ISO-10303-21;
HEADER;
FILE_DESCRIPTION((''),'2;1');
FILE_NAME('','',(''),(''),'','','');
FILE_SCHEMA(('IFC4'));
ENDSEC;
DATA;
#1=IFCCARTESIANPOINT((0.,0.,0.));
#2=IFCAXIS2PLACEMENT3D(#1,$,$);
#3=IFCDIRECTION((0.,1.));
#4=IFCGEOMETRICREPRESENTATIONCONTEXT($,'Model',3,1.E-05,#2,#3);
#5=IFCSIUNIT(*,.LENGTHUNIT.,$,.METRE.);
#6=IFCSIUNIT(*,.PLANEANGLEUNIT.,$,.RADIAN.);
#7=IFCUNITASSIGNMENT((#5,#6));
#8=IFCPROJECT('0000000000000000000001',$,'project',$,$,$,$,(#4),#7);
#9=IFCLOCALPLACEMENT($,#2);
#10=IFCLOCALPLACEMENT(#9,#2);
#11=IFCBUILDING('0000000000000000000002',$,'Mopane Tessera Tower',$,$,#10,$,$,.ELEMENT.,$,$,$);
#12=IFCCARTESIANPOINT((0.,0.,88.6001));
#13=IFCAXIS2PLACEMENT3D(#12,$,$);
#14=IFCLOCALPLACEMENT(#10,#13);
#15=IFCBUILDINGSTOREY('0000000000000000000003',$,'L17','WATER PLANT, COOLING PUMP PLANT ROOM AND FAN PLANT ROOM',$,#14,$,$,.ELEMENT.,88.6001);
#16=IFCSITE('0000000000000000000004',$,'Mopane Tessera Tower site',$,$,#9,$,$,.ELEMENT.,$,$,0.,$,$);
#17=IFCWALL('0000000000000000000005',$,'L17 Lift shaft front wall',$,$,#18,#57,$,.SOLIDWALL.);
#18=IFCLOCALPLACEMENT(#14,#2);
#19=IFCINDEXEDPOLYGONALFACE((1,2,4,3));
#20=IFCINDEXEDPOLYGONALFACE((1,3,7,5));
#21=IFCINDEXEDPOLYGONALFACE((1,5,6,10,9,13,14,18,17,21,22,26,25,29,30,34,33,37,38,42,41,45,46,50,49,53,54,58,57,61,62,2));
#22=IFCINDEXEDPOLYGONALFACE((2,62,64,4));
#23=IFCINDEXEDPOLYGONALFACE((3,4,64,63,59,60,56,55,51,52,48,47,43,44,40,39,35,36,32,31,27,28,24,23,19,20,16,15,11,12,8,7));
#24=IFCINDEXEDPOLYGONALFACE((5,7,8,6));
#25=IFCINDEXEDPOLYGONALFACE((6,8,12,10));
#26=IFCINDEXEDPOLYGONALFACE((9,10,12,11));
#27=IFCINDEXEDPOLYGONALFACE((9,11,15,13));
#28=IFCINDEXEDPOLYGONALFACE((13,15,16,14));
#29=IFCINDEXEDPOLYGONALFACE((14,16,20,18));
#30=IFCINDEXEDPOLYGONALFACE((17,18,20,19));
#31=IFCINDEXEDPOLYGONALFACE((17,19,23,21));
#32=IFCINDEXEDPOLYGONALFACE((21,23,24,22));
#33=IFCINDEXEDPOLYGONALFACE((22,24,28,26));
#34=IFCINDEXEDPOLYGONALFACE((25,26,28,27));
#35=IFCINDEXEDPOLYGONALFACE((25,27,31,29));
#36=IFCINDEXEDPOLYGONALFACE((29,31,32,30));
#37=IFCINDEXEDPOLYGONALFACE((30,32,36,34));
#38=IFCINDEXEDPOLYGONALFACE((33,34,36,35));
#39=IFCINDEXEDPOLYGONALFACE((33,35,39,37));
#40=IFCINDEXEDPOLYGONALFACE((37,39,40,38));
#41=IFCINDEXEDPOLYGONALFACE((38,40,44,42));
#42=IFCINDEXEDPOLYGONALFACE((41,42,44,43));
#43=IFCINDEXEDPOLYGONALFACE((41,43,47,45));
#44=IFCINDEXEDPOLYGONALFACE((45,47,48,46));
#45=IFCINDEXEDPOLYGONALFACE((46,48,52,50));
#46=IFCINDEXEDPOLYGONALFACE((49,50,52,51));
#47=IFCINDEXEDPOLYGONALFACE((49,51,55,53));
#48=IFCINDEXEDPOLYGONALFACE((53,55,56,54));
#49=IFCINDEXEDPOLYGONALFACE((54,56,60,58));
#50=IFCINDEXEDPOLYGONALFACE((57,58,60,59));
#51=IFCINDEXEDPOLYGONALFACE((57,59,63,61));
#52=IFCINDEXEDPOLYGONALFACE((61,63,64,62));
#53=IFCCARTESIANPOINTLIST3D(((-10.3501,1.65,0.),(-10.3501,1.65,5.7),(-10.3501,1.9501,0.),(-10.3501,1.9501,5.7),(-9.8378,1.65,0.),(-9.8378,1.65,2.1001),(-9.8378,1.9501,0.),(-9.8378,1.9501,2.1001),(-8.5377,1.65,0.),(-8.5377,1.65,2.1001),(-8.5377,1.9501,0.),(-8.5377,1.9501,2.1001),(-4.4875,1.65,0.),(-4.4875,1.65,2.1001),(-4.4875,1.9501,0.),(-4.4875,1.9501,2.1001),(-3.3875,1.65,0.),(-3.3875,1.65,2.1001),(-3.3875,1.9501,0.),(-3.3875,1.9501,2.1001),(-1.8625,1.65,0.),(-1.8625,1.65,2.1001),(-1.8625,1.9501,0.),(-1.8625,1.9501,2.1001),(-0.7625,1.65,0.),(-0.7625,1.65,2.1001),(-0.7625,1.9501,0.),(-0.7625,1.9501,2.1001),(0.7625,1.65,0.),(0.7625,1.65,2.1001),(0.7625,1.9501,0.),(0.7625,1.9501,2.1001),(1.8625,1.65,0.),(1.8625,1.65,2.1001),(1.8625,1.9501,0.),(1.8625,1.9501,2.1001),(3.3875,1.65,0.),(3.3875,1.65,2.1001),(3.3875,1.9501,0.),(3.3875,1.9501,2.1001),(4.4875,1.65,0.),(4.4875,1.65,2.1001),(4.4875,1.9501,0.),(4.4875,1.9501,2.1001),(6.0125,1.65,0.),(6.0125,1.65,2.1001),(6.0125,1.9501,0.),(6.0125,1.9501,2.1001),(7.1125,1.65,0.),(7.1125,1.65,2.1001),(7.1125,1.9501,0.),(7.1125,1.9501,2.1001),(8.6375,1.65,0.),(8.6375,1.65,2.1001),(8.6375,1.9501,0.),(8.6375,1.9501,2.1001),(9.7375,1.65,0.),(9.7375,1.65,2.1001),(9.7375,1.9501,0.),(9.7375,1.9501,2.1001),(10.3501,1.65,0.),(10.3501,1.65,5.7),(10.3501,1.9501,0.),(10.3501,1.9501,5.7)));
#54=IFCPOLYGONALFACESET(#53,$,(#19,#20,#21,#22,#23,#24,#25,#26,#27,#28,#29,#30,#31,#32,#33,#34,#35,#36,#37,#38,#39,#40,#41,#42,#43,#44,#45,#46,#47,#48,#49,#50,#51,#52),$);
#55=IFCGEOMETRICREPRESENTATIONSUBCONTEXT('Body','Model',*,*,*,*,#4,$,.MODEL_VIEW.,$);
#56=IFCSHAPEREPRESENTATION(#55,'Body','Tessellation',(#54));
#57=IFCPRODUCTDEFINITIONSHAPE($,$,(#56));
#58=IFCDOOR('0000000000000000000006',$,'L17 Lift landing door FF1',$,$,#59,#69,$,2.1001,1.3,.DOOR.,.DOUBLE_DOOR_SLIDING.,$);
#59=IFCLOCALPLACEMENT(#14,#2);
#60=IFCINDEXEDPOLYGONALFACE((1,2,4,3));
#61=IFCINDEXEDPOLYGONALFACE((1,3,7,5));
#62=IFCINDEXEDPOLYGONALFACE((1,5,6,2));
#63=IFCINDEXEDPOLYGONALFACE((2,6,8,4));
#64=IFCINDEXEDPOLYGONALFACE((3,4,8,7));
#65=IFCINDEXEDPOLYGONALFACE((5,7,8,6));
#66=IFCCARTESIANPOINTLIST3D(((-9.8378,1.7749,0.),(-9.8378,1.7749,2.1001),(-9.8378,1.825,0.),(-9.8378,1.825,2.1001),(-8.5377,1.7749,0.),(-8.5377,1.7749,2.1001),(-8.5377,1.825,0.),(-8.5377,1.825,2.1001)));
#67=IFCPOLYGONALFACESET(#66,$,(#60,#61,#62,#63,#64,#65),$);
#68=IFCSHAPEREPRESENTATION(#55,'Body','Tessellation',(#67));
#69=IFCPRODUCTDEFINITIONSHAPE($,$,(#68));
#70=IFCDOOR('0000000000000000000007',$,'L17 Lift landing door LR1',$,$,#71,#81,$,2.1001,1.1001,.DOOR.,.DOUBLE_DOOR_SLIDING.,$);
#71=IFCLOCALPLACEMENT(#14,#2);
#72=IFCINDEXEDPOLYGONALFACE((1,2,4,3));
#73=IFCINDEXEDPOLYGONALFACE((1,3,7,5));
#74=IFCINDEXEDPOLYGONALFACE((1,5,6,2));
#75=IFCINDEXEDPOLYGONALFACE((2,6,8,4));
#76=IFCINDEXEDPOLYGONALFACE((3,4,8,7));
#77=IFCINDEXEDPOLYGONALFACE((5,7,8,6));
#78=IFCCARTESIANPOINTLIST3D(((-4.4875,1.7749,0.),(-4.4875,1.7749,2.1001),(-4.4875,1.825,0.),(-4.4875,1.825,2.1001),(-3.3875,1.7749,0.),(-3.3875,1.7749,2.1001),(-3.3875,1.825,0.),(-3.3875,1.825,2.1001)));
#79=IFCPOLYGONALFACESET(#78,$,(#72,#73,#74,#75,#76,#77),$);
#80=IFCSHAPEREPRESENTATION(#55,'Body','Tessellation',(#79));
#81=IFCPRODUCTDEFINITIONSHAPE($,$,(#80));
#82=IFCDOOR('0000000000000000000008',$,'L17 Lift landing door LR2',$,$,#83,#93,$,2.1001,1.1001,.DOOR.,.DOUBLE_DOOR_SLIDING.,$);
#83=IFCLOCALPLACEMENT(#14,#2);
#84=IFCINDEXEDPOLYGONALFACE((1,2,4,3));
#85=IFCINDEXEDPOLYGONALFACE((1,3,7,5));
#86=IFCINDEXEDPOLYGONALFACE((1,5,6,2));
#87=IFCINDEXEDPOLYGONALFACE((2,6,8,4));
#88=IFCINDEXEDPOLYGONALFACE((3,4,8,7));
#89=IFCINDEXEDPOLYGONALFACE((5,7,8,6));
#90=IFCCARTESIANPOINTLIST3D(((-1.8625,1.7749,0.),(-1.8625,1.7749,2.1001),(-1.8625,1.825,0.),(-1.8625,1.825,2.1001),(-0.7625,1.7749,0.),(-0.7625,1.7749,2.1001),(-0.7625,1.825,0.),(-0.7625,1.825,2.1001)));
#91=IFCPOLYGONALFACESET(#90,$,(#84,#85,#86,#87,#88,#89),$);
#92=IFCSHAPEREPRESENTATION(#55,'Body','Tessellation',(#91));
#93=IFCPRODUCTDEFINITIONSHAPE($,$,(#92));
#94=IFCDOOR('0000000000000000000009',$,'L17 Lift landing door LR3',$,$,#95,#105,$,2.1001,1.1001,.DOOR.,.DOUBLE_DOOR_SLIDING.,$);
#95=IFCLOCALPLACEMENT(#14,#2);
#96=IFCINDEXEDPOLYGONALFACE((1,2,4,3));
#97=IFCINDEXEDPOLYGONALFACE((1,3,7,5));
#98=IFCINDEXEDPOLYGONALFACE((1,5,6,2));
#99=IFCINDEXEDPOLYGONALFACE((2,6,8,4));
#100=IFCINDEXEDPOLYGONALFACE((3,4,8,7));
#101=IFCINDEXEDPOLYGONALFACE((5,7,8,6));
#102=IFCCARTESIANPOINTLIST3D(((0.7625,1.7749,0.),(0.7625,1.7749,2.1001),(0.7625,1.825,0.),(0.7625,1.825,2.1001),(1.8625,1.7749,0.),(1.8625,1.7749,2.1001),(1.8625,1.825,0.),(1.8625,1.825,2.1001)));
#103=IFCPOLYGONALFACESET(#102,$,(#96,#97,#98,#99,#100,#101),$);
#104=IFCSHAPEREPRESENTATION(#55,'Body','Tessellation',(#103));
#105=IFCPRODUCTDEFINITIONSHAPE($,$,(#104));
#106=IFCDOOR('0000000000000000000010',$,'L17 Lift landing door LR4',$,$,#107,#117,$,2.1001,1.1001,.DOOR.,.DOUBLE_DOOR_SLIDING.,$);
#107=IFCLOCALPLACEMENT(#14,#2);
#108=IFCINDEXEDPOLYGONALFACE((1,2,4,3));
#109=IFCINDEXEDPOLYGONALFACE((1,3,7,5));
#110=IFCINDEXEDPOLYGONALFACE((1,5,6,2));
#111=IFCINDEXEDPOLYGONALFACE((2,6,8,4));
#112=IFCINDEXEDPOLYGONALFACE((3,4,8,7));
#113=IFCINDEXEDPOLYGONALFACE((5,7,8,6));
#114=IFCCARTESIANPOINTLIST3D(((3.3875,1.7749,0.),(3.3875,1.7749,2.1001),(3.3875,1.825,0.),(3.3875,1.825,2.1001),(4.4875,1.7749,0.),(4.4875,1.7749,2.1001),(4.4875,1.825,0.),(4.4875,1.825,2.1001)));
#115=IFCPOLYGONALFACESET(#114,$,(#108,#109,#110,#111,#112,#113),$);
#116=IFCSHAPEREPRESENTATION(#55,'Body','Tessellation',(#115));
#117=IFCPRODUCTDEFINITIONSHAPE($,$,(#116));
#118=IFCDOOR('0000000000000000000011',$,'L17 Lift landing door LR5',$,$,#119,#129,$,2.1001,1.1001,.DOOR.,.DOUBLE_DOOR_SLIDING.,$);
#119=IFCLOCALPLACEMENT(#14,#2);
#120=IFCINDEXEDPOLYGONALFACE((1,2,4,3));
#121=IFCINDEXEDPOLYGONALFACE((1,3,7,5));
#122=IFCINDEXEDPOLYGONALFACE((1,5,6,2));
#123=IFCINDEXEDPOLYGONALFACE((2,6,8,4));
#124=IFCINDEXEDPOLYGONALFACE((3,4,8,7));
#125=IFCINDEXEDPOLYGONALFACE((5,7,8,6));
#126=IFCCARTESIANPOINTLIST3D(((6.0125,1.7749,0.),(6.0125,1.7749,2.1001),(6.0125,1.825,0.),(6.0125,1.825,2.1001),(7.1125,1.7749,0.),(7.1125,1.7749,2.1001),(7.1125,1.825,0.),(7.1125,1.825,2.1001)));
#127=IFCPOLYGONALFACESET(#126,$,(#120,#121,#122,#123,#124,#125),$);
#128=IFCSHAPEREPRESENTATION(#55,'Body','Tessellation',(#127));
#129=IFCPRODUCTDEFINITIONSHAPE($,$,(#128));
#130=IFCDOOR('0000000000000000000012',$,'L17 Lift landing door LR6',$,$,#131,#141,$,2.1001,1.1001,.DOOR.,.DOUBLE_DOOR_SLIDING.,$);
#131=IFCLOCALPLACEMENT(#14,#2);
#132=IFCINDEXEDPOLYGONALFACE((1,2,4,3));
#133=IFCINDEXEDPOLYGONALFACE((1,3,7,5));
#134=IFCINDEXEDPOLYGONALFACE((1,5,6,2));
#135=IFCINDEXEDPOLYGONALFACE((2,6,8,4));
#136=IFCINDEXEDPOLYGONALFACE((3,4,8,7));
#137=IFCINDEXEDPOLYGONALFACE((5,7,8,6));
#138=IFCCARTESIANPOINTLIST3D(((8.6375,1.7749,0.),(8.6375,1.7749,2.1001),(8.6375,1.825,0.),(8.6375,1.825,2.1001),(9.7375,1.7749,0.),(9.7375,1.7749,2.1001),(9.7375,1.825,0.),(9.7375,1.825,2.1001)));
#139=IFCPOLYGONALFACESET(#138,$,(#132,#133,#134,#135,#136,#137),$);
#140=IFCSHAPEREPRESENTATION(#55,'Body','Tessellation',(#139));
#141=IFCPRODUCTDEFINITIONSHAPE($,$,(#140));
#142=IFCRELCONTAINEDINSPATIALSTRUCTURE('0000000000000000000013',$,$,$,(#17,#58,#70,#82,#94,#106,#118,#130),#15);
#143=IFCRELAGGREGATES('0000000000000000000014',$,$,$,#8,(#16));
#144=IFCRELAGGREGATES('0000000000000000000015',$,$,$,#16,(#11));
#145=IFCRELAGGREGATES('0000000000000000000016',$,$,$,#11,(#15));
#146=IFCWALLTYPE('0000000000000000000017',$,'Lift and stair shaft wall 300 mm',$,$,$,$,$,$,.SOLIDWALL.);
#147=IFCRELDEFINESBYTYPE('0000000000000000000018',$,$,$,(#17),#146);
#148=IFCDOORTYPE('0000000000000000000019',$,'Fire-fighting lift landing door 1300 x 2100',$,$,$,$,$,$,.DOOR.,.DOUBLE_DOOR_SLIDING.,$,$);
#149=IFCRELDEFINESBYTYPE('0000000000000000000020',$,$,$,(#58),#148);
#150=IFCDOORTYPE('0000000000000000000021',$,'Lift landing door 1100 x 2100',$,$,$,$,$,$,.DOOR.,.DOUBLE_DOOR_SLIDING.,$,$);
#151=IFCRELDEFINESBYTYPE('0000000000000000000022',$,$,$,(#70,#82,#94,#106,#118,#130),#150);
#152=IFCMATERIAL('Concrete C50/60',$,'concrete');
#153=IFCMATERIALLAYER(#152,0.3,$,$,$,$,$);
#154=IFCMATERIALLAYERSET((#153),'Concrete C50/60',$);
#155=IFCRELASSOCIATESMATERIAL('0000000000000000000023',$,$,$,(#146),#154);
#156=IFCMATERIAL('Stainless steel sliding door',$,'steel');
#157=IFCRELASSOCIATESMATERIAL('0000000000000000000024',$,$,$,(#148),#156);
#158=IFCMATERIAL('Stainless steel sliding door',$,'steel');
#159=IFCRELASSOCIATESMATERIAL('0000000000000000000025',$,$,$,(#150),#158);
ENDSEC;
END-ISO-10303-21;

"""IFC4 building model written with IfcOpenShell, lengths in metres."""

from ifc_helpers import new_model, si_unit, direction, frame, frame_2d, origin, place, context, subcontext, project, spatial, rectangle, extrude, material, layer, layer_set, type_object, element, fill, save


model = new_model("IFC4")

# Units and contexts
model_context = context("Model", 3, precision=1e-05, world=origin(), true_north=direction((0.0, 1.0)))
body_context = subcontext(model_context, "Body", "Model", "MODEL_VIEW")
ifc_project = project(units=[si_unit("LENGTHUNIT", "METRE"), si_unit("PLANEANGLEUNIT", "RADIAN")], contexts=[model_context])

# Site, building, storey
site_placement = place(None, origin())
site = spatial("IfcSite", under=ifc_project, at=site_placement, Name="Mopane Tessera Tower site", CompositionType="ELEMENT", RefElevation=0.0)
building_placement = place(site_placement, origin())
building = spatial("IfcBuilding", under=site, at=building_placement, Name="Mopane Tessera Tower", CompositionType="ELEMENT")
storey_placement = place(building_placement, frame((0.0, 0.0, 88.6001)))
storey = spatial("IfcBuildingStorey", under=building, at=storey_placement, Name="L17", Description="WATER PLANT, COOLING PUMP PLANT ROOM AND FAN PLANT ROOM", CompositionType="ELEMENT", Elevation=88.6001)

# Wall, openings, doors
ifc_material_1 = material(Name="Concrete C50/60", Category="concrete")
ifc_layer_1 = layer(ifc_material_1, 0.3)
ifc_layer_set_1 = layer_set([ifc_layer_1], Name="Concrete C50/60")
wall_type_1 = type_object("IfcWallType", Name="Lift and stair shaft wall 300 mm", PredefinedType="SOLIDWALL", material=ifc_layer_set_1)
wall_1_placement = place(storey_placement, frame((-10.3501, 1.8, 0.0), z_axis=(0.0, 0.0, 1.0), x_axis=(1.0, 0.0, 0.0)))
wall_1 = element("IfcWall", 1, at=wall_1_placement, inside=storey, type_object=wall_type_1, Name="L17 Lift shaft front wall", PredefinedType="SOLIDWALL", context=body_context, shape_type="SweptSolid", body=[
    extrude(rectangle(XDim=20.7002, YDim=0.3, at=frame_2d((10.3501, 0.0))), origin(), (0.0, 0.0, 1.0), 5.7),
])
opening_1_placement = place(wall_1_placement, frame((0.5125, 0.0, 0.0)))
opening_1 = element("IfcOpeningElement", 2, at=opening_1_placement, cuts=wall_1, PredefinedType="OPENING", context=body_context, shape_type="SweptSolid", body=[
    extrude(rectangle(XDim=1.3, YDim=2.1001, at=frame_2d((0.6499, 1.05))), frame((0.0, 0.1621, 0.0), z_axis=(0.0, -1.0, 0.0), x_axis=(1.0, 0.0, 0.0)), (0.0, 0.0, 1.0), 0.324),
])
opening_2_placement = place(wall_1_placement, frame((5.8625, 0.0, 0.0)))
opening_2 = element("IfcOpeningElement", 3, at=opening_2_placement, cuts=wall_1, PredefinedType="OPENING", context=body_context, shape_type="SweptSolid", body=[
    extrude(rectangle(XDim=1.1001, YDim=2.1001, at=frame_2d((0.55, 1.05))), frame((0.0, 0.1621, 0.0), z_axis=(0.0, -1.0, 0.0), x_axis=(1.0, 0.0, 0.0)), (0.0, 0.0, 1.0), 0.324),
])
opening_3_placement = place(wall_1_placement, frame((8.4875, 0.0, 0.0)))
opening_3 = element("IfcOpeningElement", 4, at=opening_3_placement, cuts=wall_1, PredefinedType="OPENING", context=body_context, shape_type="SweptSolid", body=[
    extrude(rectangle(XDim=1.1001, YDim=2.1001, at=frame_2d((0.55, 1.05))), frame((0.0, 0.1621, 0.0), z_axis=(0.0, -1.0, 0.0), x_axis=(1.0, 0.0, 0.0)), (0.0, 0.0, 1.0), 0.324),
])
opening_4_placement = place(wall_1_placement, frame((11.1125, 0.0, 0.0)))
opening_4 = element("IfcOpeningElement", 5, at=opening_4_placement, cuts=wall_1, PredefinedType="OPENING", context=body_context, shape_type="SweptSolid", body=[
    extrude(rectangle(XDim=1.1001, YDim=2.1001, at=frame_2d((0.55, 1.05))), frame((0.0, 0.1621, 0.0), z_axis=(0.0, -1.0, 0.0), x_axis=(1.0, 0.0, 0.0)), (0.0, 0.0, 1.0), 0.324),
])
opening_5_placement = place(wall_1_placement, frame((13.7375, 0.0, 0.0)))
opening_5 = element("IfcOpeningElement", 6, at=opening_5_placement, cuts=wall_1, PredefinedType="OPENING", context=body_context, shape_type="SweptSolid", body=[
    extrude(rectangle(XDim=1.1001, YDim=2.1001, at=frame_2d((0.55, 1.05))), frame((0.0, 0.1621, 0.0), z_axis=(0.0, -1.0, 0.0), x_axis=(1.0, 0.0, 0.0)), (0.0, 0.0, 1.0), 0.324),
])
opening_6_placement = place(wall_1_placement, frame((16.3625, 0.0, 0.0)))
opening_6 = element("IfcOpeningElement", 7, at=opening_6_placement, cuts=wall_1, PredefinedType="OPENING", context=body_context, shape_type="SweptSolid", body=[
    extrude(rectangle(XDim=1.1001, YDim=2.1001, at=frame_2d((0.55, 1.05))), frame((0.0, 0.1621, 0.0), z_axis=(0.0, -1.0, 0.0), x_axis=(1.0, 0.0, 0.0)), (0.0, 0.0, 1.0), 0.324),
])
opening_7_placement = place(wall_1_placement, frame((18.9875, 0.0, 0.0)))
opening_7 = element("IfcOpeningElement", 8, at=opening_7_placement, cuts=wall_1, PredefinedType="OPENING", context=body_context, shape_type="SweptSolid", body=[
    extrude(rectangle(XDim=1.1001, YDim=2.1001, at=frame_2d((0.55, 1.05))), frame((0.0, 0.1621, 0.0), z_axis=(0.0, -1.0, 0.0), x_axis=(1.0, 0.0, 0.0)), (0.0, 0.0, 1.0), 0.324),
])
ifc_material_2 = material(Name="Stainless steel sliding door", Category="steel")
door_type_1 = type_object("IfcDoorType", Name="Fire-fighting lift landing door 1300 x 2100", OperationType="DOUBLE_DOOR_SLIDING", PredefinedType="DOOR", material=ifc_material_2)
door_1_placement = place(opening_1_placement, origin())
door_1 = element("IfcDoor", 9, at=door_1_placement, inside=storey, type_object=door_type_1, Name="L17 Lift landing door FF1", OperationType="DOUBLE_DOOR_SLIDING", OverallHeight=2.1001, OverallWidth=1.3, PredefinedType="DOOR", context=body_context, shape_type="SweptSolid", body=[
    extrude(rectangle(XDim=1.3, YDim=2.1001, at=frame_2d((0.6499, 1.05))), frame((0.0, 0.0249, 0.0), z_axis=(0.0, -1.0, 0.0), x_axis=(1.0, 0.0, 0.0)), (0.0, 0.0, 1.0), 0.05),
])
fill(opening_1, door_1)
ifc_material_3 = material(Name="Stainless steel sliding door", Category="steel")
door_type_2 = type_object("IfcDoorType", Name="Lift landing door 1100 x 2100", OperationType="DOUBLE_DOOR_SLIDING", PredefinedType="DOOR", material=ifc_material_3)
door_2_placement = place(opening_2_placement, origin())
door_2 = element("IfcDoor", 10, at=door_2_placement, inside=storey, type_object=door_type_2, Name="L17 Lift landing door LR1", OperationType="DOUBLE_DOOR_SLIDING", OverallHeight=2.1001, OverallWidth=1.1001, PredefinedType="DOOR", context=body_context, shape_type="SweptSolid", body=[
    extrude(rectangle(XDim=1.1001, YDim=2.1001, at=frame_2d((0.55, 1.05))), frame((0.0, 0.0249, 0.0), z_axis=(0.0, -1.0, 0.0), x_axis=(1.0, 0.0, 0.0)), (0.0, 0.0, 1.0), 0.05),
])
fill(opening_2, door_2)
door_3_placement = place(opening_3_placement, origin())
door_3 = element("IfcDoor", 11, at=door_3_placement, inside=storey, type_object=door_type_2, Name="L17 Lift landing door LR2", OperationType="DOUBLE_DOOR_SLIDING", OverallHeight=2.1001, OverallWidth=1.1001, PredefinedType="DOOR", context=body_context, shape_type="SweptSolid", body=[
    extrude(rectangle(XDim=1.1001, YDim=2.1001, at=frame_2d((0.55, 1.05))), frame((0.0, 0.0249, 0.0), z_axis=(0.0, -1.0, 0.0), x_axis=(1.0, 0.0, 0.0)), (0.0, 0.0, 1.0), 0.05),
])
fill(opening_3, door_3)
door_4_placement = place(opening_4_placement, origin())
door_4 = element("IfcDoor", 12, at=door_4_placement, inside=storey, type_object=door_type_2, Name="L17 Lift landing door LR3", OperationType="DOUBLE_DOOR_SLIDING", OverallHeight=2.1001, OverallWidth=1.1001, PredefinedType="DOOR", context=body_context, shape_type="SweptSolid", body=[
    extrude(rectangle(XDim=1.1001, YDim=2.1001, at=frame_2d((0.55, 1.05))), frame((0.0, 0.0249, 0.0), z_axis=(0.0, -1.0, 0.0), x_axis=(1.0, 0.0, 0.0)), (0.0, 0.0, 1.0), 0.05),
])
fill(opening_4, door_4)
door_5_placement = place(opening_5_placement, origin())
door_5 = element("IfcDoor", 13, at=door_5_placement, inside=storey, type_object=door_type_2, Name="L17 Lift landing door LR4", OperationType="DOUBLE_DOOR_SLIDING", OverallHeight=2.1001, OverallWidth=1.1001, PredefinedType="DOOR", context=body_context, shape_type="SweptSolid", body=[
    extrude(rectangle(XDim=1.1001, YDim=2.1001, at=frame_2d((0.55, 1.05))), frame((0.0, 0.0249, 0.0), z_axis=(0.0, -1.0, 0.0), x_axis=(1.0, 0.0, 0.0)), (0.0, 0.0, 1.0), 0.05),
])
fill(opening_5, door_5)
door_6_placement = place(opening_6_placement, origin())
door_6 = element("IfcDoor", 14, at=door_6_placement, inside=storey, type_object=door_type_2, Name="L17 Lift landing door LR5", OperationType="DOUBLE_DOOR_SLIDING", OverallHeight=2.1001, OverallWidth=1.1001, PredefinedType="DOOR", context=body_context, shape_type="SweptSolid", body=[
    extrude(rectangle(XDim=1.1001, YDim=2.1001, at=frame_2d((0.55, 1.05))), frame((0.0, 0.0249, 0.0), z_axis=(0.0, -1.0, 0.0), x_axis=(1.0, 0.0, 0.0)), (0.0, 0.0, 1.0), 0.05),
])
fill(opening_6, door_6)
door_7_placement = place(opening_7_placement, origin())
door_7 = element("IfcDoor", 15, at=door_7_placement, inside=storey, type_object=door_type_2, Name="L17 Lift landing door LR6", OperationType="DOUBLE_DOOR_SLIDING", OverallHeight=2.1001, OverallWidth=1.1001, PredefinedType="DOOR", context=body_context, shape_type="SweptSolid", body=[
    extrude(rectangle(XDim=1.1001, YDim=2.1001, at=frame_2d((0.55, 1.05))), frame((0.0, 0.0249, 0.0), z_axis=(0.0, -1.0, 0.0), x_axis=(1.0, 0.0, 0.0)), (0.0, 0.0, 1.0), 0.05),
])
fill(opening_7, door_7)

save(model, "model.ifc")
